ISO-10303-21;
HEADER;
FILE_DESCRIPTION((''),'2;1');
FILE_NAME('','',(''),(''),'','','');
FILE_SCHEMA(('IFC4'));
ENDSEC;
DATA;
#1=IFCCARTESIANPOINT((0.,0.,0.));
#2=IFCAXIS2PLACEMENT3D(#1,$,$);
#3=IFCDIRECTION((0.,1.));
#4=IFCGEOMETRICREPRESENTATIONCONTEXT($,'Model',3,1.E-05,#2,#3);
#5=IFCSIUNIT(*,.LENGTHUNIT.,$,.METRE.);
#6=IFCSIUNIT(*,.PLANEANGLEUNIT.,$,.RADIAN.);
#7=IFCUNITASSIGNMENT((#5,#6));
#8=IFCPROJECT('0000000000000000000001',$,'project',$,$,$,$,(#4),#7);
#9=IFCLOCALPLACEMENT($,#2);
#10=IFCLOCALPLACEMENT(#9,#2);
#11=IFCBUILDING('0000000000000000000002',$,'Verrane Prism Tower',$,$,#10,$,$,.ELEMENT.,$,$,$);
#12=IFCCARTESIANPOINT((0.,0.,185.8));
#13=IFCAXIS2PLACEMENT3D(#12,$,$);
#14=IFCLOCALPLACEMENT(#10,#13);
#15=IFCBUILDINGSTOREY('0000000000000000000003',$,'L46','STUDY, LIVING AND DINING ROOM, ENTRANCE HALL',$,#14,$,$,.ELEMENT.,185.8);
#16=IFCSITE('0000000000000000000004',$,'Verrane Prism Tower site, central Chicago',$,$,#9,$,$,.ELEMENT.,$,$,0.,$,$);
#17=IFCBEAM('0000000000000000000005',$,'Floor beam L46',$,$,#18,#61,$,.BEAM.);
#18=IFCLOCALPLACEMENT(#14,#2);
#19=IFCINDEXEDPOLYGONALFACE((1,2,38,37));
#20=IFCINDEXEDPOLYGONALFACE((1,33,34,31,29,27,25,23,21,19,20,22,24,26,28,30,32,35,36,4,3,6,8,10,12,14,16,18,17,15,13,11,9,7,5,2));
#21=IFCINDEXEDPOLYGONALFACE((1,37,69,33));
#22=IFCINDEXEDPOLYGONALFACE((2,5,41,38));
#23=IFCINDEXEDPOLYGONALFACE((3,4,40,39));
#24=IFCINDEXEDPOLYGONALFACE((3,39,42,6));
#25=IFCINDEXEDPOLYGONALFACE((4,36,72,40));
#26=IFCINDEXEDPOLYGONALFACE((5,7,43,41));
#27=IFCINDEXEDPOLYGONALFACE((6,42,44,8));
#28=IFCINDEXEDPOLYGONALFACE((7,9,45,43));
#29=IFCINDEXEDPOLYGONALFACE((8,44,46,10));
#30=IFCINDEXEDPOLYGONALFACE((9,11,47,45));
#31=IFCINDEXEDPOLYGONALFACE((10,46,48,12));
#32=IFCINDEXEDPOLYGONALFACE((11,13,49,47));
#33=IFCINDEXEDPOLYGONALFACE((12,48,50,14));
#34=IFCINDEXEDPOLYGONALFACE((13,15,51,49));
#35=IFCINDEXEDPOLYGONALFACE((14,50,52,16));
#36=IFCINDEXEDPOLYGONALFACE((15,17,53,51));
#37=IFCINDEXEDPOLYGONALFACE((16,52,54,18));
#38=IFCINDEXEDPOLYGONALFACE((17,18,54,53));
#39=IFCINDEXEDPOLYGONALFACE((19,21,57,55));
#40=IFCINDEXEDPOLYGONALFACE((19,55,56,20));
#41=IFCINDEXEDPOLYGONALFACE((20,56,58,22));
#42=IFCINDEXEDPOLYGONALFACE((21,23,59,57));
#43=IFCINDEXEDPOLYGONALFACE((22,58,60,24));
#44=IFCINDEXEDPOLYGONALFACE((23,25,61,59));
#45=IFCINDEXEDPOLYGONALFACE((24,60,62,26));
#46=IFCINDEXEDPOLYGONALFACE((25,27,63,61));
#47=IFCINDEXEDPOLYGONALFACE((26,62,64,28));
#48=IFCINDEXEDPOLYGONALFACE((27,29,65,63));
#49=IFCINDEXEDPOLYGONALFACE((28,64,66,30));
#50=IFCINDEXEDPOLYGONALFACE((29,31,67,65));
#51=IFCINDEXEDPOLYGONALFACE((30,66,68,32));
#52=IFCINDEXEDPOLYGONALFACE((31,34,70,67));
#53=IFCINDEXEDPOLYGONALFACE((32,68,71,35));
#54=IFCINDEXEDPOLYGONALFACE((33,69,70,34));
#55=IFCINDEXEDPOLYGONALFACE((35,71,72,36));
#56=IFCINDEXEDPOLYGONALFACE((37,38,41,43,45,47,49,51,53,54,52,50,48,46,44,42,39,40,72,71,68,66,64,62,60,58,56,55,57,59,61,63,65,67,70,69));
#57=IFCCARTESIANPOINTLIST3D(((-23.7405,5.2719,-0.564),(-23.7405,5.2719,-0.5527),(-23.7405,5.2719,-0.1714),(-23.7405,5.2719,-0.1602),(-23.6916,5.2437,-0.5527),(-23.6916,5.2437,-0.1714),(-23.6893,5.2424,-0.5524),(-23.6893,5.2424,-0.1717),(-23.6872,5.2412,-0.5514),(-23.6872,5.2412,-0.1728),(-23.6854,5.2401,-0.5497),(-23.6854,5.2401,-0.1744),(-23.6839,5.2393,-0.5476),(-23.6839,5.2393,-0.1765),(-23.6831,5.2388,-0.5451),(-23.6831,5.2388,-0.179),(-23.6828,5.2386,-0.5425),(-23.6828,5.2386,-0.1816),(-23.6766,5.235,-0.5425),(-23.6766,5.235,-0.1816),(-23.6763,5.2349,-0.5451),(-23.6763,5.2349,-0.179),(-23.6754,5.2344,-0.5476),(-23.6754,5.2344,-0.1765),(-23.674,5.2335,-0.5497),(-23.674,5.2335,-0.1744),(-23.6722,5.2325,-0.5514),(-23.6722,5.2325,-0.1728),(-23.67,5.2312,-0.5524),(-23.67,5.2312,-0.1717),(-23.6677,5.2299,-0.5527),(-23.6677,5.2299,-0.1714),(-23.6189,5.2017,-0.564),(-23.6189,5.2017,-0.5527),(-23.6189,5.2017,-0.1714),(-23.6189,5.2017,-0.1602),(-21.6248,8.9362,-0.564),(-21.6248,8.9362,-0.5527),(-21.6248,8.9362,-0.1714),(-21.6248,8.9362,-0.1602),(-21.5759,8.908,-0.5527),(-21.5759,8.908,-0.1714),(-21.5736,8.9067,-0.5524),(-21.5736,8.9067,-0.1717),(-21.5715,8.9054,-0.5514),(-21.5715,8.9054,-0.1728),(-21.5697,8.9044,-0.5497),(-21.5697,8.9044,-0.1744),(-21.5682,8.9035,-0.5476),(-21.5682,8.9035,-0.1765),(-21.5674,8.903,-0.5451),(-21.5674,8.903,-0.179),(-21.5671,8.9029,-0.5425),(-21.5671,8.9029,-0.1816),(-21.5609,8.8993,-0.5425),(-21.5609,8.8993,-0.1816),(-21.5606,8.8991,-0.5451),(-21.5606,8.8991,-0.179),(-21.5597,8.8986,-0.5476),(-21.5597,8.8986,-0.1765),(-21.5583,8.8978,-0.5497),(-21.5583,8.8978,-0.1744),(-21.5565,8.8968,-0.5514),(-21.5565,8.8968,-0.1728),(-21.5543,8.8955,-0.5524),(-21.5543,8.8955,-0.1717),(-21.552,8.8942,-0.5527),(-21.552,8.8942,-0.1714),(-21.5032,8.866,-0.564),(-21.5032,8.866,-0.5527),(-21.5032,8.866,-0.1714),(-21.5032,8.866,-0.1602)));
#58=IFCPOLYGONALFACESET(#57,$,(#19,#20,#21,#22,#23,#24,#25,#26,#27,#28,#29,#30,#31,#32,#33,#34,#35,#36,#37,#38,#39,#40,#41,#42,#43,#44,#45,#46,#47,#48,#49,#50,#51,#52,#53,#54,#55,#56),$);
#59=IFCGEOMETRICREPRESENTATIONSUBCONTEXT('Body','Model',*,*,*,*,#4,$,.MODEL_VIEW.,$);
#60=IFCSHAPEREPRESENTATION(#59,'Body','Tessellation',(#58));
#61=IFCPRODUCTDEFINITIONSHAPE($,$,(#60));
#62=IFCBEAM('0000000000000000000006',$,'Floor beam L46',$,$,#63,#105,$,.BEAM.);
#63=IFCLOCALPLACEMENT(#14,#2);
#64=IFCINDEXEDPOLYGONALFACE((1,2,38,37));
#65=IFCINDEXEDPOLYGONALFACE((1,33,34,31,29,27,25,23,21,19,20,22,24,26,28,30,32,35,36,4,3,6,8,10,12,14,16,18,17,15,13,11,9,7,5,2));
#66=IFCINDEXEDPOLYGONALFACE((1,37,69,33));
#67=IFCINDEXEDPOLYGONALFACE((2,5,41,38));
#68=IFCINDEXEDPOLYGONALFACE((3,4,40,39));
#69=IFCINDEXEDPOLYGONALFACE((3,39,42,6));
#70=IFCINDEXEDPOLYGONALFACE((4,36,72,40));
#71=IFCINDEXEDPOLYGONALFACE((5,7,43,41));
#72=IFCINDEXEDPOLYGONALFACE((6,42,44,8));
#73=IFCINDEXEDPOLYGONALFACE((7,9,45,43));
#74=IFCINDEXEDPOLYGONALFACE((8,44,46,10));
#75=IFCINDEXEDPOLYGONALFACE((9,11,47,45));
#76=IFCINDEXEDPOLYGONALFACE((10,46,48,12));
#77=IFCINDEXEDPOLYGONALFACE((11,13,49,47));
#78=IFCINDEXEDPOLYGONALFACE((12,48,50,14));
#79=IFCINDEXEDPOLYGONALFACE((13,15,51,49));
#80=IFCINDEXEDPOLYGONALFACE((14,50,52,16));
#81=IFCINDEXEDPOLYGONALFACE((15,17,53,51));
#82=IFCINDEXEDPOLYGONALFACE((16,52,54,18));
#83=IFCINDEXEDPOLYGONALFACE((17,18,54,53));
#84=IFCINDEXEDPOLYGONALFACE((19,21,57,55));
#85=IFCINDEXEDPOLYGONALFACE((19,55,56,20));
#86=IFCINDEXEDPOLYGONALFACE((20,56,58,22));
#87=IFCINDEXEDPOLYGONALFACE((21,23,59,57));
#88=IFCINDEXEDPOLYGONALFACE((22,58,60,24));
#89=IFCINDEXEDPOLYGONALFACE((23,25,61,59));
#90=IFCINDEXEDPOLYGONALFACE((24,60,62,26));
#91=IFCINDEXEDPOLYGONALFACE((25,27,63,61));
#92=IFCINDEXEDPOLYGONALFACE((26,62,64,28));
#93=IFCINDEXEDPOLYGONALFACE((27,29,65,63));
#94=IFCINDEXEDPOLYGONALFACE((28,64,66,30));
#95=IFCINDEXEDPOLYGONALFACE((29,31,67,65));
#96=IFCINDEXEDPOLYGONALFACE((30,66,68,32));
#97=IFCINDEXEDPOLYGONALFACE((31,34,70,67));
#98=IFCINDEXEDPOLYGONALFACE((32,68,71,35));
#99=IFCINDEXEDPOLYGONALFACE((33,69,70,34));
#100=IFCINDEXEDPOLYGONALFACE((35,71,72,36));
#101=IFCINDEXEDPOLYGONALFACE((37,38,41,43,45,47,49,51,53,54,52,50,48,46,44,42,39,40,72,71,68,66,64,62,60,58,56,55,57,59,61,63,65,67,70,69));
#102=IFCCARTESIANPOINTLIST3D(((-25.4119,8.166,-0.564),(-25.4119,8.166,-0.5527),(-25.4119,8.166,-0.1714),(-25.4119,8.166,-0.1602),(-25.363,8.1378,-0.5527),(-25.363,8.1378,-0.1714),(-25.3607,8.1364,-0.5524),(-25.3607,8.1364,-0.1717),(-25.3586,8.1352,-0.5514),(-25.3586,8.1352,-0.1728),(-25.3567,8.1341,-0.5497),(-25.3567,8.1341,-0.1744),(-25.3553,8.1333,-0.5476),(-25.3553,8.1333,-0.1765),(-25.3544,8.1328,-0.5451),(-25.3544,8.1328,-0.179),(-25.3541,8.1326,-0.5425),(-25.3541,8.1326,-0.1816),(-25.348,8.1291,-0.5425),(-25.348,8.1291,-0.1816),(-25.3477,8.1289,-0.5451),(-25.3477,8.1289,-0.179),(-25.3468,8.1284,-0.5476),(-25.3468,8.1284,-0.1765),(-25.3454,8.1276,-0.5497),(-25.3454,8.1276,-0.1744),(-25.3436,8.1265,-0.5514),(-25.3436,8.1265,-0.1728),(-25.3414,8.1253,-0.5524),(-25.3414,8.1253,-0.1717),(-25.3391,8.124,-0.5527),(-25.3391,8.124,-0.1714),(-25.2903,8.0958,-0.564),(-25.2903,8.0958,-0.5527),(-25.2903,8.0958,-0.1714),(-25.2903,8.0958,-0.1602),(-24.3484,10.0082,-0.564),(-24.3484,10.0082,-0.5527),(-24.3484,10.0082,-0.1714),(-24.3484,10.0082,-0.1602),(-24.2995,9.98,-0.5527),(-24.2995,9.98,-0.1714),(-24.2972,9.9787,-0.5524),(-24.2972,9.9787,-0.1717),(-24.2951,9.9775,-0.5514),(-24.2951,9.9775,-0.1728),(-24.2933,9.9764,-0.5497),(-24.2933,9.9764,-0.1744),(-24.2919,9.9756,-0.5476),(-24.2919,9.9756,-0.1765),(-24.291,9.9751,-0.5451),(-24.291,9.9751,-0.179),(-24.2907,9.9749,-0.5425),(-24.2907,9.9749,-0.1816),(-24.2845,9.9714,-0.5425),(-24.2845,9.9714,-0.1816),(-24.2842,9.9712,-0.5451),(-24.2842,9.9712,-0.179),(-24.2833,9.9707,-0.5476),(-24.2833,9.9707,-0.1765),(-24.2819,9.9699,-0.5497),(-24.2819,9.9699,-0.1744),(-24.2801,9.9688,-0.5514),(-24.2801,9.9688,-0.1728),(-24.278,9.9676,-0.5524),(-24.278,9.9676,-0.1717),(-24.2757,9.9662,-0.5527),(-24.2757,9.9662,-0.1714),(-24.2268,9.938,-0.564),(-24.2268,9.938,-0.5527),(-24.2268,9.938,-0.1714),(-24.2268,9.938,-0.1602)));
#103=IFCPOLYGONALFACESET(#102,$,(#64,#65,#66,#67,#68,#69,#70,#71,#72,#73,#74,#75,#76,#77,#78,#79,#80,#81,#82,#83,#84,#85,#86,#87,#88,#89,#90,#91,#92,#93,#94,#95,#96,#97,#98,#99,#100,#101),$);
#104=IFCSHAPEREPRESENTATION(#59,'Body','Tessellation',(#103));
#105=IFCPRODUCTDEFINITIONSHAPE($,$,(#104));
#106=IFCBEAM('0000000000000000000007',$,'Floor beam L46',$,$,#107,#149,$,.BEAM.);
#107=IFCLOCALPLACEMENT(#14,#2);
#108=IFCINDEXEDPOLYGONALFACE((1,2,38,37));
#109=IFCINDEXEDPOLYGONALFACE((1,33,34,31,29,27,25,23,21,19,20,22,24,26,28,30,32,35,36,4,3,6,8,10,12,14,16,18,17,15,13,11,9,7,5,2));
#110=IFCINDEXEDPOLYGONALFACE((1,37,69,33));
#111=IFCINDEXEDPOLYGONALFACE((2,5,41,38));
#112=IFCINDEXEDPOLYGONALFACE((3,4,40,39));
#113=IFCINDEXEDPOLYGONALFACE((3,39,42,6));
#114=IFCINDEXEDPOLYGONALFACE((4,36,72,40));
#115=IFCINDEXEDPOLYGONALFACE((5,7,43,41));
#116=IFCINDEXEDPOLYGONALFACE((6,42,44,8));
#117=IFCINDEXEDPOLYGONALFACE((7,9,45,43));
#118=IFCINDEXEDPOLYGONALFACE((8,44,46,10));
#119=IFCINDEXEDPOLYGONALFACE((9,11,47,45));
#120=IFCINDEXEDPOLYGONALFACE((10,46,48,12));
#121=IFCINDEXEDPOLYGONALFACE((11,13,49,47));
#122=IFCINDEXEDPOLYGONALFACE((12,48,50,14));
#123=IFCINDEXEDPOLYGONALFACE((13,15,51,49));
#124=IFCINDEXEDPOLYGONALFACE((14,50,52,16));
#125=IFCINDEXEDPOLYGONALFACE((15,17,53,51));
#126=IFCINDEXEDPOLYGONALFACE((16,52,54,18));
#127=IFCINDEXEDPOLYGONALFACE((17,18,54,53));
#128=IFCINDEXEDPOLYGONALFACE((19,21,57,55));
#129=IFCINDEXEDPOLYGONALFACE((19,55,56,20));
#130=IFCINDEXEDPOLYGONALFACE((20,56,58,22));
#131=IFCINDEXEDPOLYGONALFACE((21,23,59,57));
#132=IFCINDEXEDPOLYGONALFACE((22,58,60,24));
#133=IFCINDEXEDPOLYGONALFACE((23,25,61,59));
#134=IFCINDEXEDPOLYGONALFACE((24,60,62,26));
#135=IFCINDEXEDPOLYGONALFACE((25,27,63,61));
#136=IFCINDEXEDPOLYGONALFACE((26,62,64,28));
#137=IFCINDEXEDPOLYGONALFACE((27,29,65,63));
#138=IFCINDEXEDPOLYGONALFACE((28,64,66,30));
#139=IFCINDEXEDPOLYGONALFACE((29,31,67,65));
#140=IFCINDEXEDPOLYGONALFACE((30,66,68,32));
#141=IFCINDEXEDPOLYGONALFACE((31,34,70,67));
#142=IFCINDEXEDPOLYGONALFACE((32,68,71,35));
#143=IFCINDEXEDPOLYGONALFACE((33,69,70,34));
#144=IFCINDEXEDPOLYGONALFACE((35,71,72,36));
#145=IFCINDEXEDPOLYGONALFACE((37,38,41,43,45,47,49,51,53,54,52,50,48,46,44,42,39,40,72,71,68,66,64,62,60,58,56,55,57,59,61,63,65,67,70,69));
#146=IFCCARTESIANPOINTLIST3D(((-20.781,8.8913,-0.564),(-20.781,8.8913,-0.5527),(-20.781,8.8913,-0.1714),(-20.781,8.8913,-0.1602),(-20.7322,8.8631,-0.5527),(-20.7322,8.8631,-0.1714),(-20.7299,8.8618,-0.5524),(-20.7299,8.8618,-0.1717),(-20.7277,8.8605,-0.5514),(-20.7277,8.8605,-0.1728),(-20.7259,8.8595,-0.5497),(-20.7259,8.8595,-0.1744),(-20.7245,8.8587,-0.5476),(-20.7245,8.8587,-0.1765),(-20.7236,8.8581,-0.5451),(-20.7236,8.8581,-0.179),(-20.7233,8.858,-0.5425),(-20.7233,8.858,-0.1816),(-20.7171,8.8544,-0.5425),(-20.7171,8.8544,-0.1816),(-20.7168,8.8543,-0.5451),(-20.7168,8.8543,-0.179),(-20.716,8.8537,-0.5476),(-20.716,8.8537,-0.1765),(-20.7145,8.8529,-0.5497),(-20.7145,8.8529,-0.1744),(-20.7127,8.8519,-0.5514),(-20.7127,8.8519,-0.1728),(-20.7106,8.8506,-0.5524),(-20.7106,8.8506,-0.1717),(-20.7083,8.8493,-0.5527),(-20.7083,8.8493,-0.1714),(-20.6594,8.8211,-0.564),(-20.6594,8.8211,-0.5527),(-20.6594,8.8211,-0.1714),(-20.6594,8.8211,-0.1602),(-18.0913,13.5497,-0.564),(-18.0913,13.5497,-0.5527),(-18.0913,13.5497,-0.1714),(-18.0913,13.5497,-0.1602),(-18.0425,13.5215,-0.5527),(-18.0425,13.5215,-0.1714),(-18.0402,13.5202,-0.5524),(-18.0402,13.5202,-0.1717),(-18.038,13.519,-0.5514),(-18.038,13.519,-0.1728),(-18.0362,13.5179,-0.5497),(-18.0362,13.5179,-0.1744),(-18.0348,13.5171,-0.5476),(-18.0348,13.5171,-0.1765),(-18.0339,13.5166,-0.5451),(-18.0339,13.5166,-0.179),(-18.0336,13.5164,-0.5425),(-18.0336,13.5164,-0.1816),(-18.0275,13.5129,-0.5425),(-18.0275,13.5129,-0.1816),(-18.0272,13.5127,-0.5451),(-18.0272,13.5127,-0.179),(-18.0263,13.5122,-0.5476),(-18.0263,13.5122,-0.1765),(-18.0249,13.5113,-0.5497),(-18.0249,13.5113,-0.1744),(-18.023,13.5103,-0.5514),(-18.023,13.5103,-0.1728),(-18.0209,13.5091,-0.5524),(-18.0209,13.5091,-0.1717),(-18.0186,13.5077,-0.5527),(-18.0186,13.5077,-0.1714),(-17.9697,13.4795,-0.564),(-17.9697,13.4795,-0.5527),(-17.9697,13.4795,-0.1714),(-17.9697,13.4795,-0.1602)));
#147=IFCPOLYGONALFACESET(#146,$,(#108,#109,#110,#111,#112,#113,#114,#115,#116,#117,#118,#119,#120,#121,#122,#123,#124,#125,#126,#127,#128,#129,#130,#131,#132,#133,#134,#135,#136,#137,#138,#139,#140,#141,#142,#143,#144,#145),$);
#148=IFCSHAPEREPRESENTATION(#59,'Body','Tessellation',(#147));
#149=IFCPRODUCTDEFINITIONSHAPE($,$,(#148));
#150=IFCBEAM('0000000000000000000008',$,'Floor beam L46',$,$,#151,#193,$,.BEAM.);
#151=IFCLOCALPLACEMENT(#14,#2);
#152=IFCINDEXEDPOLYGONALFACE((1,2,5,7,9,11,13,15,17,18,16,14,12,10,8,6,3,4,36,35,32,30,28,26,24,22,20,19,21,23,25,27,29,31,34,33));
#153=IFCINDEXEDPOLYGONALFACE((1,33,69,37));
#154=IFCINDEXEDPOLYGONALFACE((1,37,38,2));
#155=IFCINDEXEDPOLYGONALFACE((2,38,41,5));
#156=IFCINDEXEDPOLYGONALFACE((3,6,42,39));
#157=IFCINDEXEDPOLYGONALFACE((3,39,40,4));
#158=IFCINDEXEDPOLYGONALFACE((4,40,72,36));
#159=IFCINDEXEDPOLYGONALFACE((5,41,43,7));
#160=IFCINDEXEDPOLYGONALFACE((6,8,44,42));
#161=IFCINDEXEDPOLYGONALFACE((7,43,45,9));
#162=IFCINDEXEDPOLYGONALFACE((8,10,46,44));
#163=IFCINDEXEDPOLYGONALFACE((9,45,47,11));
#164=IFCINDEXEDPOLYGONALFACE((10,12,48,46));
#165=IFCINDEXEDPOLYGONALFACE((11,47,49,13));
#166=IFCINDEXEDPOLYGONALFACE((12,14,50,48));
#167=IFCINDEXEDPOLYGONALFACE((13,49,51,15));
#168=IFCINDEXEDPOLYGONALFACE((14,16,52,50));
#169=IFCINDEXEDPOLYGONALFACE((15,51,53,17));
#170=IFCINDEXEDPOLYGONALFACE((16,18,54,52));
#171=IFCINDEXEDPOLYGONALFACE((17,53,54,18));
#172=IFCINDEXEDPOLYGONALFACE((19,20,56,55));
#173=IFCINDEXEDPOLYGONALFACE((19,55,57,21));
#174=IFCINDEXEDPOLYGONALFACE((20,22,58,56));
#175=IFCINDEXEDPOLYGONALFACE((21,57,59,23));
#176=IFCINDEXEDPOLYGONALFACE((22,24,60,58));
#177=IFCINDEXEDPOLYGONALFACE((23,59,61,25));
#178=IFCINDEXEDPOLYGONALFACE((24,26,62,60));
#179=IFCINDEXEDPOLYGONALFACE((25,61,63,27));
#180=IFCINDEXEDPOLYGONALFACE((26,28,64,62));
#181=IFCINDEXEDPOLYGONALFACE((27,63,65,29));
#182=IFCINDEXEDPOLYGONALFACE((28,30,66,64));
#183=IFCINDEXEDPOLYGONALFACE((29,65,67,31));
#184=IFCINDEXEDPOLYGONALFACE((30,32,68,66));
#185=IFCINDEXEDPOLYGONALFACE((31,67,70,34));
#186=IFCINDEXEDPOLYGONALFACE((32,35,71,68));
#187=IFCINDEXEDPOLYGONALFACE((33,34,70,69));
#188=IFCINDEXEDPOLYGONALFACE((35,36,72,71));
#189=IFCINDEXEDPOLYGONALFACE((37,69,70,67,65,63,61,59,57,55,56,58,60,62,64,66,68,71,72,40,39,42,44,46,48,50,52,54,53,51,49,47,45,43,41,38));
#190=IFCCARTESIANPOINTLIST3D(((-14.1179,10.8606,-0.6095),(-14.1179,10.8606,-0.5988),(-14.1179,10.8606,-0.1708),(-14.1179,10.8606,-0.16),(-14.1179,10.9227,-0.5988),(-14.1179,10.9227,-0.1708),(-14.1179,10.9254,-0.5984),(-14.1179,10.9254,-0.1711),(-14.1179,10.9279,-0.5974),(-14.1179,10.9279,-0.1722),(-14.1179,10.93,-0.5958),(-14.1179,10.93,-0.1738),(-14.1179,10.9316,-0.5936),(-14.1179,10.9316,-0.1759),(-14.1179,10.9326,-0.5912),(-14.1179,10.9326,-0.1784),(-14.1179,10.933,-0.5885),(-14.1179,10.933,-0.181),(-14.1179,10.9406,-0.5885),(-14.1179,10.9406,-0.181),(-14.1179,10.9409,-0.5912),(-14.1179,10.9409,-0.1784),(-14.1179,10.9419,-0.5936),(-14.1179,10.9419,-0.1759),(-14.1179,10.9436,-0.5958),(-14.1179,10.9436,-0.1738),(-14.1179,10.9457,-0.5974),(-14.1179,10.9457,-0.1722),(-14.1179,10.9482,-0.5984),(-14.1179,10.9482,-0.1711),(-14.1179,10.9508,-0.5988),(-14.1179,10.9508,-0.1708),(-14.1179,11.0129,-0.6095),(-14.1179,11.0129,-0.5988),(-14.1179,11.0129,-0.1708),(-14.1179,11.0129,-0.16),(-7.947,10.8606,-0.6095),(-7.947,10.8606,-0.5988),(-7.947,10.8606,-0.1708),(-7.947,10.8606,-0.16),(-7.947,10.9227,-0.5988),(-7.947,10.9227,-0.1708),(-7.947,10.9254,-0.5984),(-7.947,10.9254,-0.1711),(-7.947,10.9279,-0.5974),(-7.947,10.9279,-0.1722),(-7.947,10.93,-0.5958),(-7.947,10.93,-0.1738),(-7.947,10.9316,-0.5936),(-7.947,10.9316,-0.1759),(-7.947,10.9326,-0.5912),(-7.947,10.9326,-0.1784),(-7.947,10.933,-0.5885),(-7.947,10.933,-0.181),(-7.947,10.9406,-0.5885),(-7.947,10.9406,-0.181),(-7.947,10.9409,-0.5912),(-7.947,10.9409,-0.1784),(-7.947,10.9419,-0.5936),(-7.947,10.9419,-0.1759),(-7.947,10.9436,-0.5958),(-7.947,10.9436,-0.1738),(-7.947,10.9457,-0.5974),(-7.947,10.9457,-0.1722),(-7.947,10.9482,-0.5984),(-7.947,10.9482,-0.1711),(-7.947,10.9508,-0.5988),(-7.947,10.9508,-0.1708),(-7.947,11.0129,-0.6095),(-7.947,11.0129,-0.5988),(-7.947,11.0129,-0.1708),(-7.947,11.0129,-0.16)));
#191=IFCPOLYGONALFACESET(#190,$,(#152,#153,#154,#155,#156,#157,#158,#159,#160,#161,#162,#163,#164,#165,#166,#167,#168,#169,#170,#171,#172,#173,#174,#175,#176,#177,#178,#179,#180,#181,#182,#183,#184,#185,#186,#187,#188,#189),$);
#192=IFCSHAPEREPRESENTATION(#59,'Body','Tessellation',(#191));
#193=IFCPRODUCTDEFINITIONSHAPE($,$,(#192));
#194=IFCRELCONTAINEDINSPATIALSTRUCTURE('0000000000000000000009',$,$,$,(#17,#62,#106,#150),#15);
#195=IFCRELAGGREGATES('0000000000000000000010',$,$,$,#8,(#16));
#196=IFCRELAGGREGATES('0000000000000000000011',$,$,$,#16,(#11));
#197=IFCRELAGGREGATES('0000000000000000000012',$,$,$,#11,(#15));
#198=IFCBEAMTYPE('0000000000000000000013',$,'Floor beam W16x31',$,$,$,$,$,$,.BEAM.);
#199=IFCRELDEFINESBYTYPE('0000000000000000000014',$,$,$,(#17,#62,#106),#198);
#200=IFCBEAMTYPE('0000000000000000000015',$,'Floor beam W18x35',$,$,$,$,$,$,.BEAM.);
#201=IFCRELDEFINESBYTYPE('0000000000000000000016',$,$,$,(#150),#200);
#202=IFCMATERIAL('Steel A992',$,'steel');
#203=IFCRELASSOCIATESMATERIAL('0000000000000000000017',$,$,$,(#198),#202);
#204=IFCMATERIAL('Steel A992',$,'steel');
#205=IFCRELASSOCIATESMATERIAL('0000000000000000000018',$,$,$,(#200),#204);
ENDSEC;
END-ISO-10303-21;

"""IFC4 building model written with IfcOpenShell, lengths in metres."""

from ifc_helpers import new_model, si_unit, direction, frame, origin, origin_2d, place, context, subcontext, project, spatial, i_section, extrude, material, material_profile, profile_set, type_object, element, save


model = new_model("IFC4")

# Units and contexts
model_context = context("Model", 3, precision=1e-05, world=origin(), true_north=direction((0.0, 1.0)))
body_context = subcontext(model_context, "Body", "Model", "MODEL_VIEW")
ifc_project = project(units=[si_unit("LENGTHUNIT", "METRE"), si_unit("PLANEANGLEUNIT", "RADIAN")], contexts=[model_context])

# Site, building, storey
site_placement = place(None, origin())
site = spatial("IfcSite", under=ifc_project, at=site_placement, Name="Verrane Prism Tower site, central Chicago", CompositionType="ELEMENT", RefElevation=0.0)
building_placement = place(site_placement, origin())
building = spatial("IfcBuilding", under=site, at=building_placement, Name="Verrane Prism Tower", CompositionType="ELEMENT")
storey_placement = place(building_placement, frame((0.0, 0.0, 185.8)))
storey = spatial("IfcBuildingStorey", under=building, at=storey_placement, Name="L46", Description="STUDY, LIVING AND DINING ROOM, ENTRANCE HALL", CompositionType="ELEMENT", Elevation=185.8)

# Beams
ifc_material_1 = material(Name="Steel A992", Category="steel")
ifc_material_profile_1 = material_profile(ifc_material_1, i_section(OverallWidth=0.1404, OverallDepth=0.4038, WebThickness=0.0071, FlangeThickness=0.0112, FilletRadius=0.0103, at=origin_2d()), Name="W16x31")
ifc_profile_set_1 = profile_set([ifc_material_profile_1], Name="Steel A992")
beam_type_1 = type_object("IfcBeamType", Name="Floor beam W16x31", PredefinedType="BEAM", material=ifc_profile_set_1)
beam_1_placement = place(storey_placement, frame((-23.6797, 5.2368, -0.3621), z_axis=(0.500024, 0.866012, 0.0), x_axis=(-0.866012, 0.500024, 0.0)))
element("IfcBeam", 1, at=beam_1_placement, inside=storey, type_object=beam_type_1, Name="Floor beam L46", PredefinedType="BEAM", context=body_context, shape_type="SweptSolid", body=[
    extrude(i_section(OverallWidth=0.1404, OverallDepth=0.4038, WebThickness=0.0071, FlangeThickness=0.0112, FilletRadius=0.0103, at=origin_2d()), origin(), (0.0, 0.0, 1.0), 4.2312),
])
beam_2_placement = place(storey_placement, frame((-25.3511, 8.1309, -0.3621), z_axis=(0.499941, 0.866059, 0.0), x_axis=(-0.866059, 0.499941, 0.0)))
element("IfcBeam", 2, at=beam_2_placement, inside=storey, type_object=beam_type_1, Name="Floor beam L46", PredefinedType="BEAM", context=body_context, shape_type="SweptSolid", body=[
    extrude(i_section(OverallWidth=0.1404, OverallDepth=0.4038, WebThickness=0.0071, FlangeThickness=0.0112, FilletRadius=0.0103, at=origin_2d()), origin(), (0.0, 0.0, 1.0), 2.1272),
])
beam_3_placement = place(storey_placement, frame((-20.7202, 8.8562, -0.3621), z_axis=(0.50002, 0.866014, 0.0), x_axis=(-0.866014, 0.50002, 0.0)))
element("IfcBeam", 3, at=beam_3_placement, inside=storey, type_object=beam_type_1, Name="Floor beam L46", PredefinedType="BEAM", context=body_context, shape_type="SweptSolid", body=[
    extrude(i_section(OverallWidth=0.1404, OverallDepth=0.4038, WebThickness=0.0071, FlangeThickness=0.0112, FilletRadius=0.0103, at=origin_2d()), origin(), (0.0, 0.0, 1.0), 5.3792),
])
ifc_material_2 = material(Name="Steel A992", Category="steel")
ifc_material_profile_2 = material_profile(ifc_material_2, i_section(OverallWidth=0.1523, OverallDepth=0.4495, WebThickness=0.0076, FlangeThickness=0.0107, FilletRadius=0.0103, at=origin_2d()), Name="W18x35")
ifc_profile_set_2 = profile_set([ifc_material_profile_2], Name="Steel A992")
beam_type_2 = type_object("IfcBeamType", Name="Floor beam W18x35", PredefinedType="BEAM", material=ifc_profile_set_2)
beam_4_placement = place(storey_placement, frame((-14.1179, 10.9368, -0.3848), z_axis=(1.0, 0.0, 0.0), x_axis=(0.0, 1.0, 0.0)))
element("IfcBeam", 4, at=beam_4_placement, inside=storey, type_object=beam_type_2, Name="Floor beam L46", PredefinedType="BEAM", context=body_context, shape_type="SweptSolid", body=[
    extrude(i_section(OverallWidth=0.1523, OverallDepth=0.4495, WebThickness=0.0076, FlangeThickness=0.0107, FilletRadius=0.0103, at=origin_2d()), origin(), (0.0, 0.0, 1.0), 6.1709),
])

save(model, "model.ifc")
